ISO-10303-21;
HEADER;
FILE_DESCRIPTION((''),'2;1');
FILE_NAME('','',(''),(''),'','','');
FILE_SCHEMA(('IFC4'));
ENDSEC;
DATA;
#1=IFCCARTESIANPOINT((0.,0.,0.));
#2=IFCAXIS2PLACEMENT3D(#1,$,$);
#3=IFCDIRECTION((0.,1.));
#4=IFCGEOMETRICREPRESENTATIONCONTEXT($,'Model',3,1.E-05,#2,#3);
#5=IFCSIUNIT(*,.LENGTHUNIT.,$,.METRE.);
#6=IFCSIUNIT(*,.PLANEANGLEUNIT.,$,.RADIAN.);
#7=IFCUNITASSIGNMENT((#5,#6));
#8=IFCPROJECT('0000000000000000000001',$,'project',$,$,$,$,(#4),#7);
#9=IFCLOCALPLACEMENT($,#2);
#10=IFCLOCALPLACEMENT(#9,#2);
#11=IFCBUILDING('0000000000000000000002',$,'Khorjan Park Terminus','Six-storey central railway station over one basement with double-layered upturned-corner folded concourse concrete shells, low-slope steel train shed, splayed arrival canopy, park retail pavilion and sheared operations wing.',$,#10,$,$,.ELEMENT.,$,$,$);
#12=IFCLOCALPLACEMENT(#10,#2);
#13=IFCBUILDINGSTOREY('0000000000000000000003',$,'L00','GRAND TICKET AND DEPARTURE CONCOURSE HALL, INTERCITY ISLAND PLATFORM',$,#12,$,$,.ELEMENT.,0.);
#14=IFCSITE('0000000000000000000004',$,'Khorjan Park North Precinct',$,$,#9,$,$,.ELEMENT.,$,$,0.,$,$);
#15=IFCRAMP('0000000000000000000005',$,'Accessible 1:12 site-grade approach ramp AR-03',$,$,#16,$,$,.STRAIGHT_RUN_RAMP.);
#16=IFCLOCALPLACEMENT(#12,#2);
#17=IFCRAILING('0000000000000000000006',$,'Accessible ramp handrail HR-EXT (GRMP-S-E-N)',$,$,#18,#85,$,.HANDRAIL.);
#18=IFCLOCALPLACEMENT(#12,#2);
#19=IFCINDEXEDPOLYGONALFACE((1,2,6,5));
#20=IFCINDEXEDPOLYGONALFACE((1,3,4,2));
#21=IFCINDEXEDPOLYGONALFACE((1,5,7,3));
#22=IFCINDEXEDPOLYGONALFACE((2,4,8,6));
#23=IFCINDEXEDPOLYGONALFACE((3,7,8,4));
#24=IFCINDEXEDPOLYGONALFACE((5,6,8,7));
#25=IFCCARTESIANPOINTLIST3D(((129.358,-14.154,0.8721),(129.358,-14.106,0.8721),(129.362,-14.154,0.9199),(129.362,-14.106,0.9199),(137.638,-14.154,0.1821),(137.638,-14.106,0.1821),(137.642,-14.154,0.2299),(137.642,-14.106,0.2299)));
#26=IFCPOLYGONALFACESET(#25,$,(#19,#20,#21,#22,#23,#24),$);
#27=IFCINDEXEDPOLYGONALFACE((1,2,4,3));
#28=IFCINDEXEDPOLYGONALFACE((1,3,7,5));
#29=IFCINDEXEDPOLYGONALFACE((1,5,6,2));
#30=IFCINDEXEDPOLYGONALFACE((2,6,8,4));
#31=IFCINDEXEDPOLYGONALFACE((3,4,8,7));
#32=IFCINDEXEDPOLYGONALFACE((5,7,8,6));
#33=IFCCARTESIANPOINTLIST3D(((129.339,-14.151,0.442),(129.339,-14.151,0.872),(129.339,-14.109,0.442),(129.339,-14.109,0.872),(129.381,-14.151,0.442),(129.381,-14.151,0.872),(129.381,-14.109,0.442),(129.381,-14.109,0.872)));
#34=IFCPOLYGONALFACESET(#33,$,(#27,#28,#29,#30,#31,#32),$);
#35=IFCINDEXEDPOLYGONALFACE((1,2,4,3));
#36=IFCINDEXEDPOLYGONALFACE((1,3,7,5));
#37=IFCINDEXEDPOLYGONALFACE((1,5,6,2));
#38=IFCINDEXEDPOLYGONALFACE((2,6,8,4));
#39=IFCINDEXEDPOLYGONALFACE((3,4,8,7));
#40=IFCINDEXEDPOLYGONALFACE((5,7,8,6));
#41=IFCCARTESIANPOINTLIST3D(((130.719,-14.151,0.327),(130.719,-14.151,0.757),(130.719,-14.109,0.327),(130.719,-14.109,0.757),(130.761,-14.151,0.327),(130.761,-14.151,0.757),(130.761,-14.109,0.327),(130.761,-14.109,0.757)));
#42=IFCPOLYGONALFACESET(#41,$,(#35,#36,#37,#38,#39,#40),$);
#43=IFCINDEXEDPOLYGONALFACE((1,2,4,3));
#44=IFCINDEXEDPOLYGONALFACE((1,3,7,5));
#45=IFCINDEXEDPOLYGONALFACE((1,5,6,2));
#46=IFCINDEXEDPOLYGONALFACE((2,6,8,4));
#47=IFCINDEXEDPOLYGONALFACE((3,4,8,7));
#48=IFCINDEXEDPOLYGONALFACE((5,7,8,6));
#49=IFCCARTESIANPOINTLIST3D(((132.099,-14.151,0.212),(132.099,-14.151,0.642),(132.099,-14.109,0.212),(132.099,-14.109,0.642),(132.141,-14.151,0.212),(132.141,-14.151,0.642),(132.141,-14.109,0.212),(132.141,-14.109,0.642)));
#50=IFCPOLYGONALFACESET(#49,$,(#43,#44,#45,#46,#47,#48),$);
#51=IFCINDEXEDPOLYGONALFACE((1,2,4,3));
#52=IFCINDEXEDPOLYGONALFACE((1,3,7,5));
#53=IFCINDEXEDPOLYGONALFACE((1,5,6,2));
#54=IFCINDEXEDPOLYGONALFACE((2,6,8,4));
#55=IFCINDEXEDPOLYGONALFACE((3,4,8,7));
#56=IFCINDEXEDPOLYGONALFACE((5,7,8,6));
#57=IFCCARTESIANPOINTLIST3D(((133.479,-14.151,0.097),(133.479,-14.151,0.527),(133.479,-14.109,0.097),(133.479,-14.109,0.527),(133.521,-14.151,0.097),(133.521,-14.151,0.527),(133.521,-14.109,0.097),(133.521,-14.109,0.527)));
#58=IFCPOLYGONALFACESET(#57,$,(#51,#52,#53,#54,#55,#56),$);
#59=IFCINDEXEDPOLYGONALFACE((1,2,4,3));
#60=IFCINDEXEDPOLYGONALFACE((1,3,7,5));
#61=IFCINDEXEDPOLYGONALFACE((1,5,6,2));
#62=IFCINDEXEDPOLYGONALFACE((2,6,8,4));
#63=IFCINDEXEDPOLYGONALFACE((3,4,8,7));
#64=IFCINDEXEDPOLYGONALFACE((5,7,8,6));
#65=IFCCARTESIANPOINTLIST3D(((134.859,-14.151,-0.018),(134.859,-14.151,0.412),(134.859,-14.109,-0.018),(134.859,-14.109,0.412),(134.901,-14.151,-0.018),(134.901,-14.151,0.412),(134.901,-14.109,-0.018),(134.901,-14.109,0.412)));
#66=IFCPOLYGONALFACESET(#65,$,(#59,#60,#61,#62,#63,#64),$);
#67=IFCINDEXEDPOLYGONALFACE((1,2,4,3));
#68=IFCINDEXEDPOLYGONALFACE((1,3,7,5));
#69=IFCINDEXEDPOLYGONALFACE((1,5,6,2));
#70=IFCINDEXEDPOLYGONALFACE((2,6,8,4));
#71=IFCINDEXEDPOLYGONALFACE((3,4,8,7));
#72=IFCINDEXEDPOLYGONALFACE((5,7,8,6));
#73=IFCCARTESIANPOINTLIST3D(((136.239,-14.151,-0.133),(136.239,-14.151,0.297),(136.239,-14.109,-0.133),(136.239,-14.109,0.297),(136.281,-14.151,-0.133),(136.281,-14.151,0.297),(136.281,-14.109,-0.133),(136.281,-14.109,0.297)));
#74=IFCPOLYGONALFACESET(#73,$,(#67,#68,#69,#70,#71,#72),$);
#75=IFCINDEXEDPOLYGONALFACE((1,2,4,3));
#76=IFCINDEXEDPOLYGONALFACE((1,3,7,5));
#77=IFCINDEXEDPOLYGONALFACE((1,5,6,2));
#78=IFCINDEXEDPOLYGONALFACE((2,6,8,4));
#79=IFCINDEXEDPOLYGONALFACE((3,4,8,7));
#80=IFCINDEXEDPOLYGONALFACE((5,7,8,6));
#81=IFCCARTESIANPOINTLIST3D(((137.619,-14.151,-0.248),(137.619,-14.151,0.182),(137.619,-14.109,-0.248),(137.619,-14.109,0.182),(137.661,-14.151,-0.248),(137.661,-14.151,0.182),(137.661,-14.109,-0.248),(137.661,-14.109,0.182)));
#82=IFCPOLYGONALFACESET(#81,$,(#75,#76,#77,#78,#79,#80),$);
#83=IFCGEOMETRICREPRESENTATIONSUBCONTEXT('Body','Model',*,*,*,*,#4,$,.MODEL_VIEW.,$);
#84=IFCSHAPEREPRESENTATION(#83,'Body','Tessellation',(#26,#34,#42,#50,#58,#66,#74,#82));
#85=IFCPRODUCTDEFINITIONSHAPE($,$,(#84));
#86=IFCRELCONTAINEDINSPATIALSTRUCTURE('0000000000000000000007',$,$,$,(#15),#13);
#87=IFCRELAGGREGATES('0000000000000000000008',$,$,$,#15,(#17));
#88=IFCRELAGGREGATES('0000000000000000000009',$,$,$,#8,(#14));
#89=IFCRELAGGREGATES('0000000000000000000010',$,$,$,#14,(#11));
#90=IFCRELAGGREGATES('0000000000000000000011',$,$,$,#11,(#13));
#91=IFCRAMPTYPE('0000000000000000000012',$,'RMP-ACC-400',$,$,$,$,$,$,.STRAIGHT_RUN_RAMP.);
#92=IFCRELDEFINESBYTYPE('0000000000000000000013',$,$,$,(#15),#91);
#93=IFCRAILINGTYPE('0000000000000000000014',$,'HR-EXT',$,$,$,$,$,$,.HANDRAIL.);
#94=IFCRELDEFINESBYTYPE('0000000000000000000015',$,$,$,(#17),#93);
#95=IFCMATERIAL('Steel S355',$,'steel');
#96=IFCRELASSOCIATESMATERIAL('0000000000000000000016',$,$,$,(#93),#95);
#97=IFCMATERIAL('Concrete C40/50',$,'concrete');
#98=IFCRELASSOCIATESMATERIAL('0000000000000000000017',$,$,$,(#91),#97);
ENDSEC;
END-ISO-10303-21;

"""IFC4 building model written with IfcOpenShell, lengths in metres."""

from ifc_helpers import new_model, si_unit, direction, frame, origin, origin_2d, place, context, subcontext, project, spatial, rectangle, extrude, material, type_object, element, aggregate, save


model = new_model("IFC4")

# Units and contexts
model_context = context("Model", 3, precision=1e-05, world=origin(), true_north=direction((0.0, 1.0)))
body_context = subcontext(model_context, "Body", "Model", "MODEL_VIEW")
ifc_project = project(units=[si_unit("LENGTHUNIT", "METRE"), si_unit("PLANEANGLEUNIT", "RADIAN")], contexts=[model_context])

# Site, building, storey
site_placement = place(None, origin())
site = spatial("IfcSite", under=ifc_project, at=site_placement, Name="Khorjan Park North Precinct", CompositionType="ELEMENT", RefElevation=0.0)
building_placement = place(site_placement, origin())
building = spatial("IfcBuilding", under=site, at=building_placement, Name="Khorjan Park Terminus", Description="Six-storey central railway station over one basement with double-layered upturned-corner folded concourse concrete shells, low-slope steel train shed, splayed arrival canopy, park retail pavilion and sheared operations wing.", CompositionType="ELEMENT")
storey_placement = place(building_placement, origin())
storey = spatial("IfcBuildingStorey", under=building, at=storey_placement, Name="L00", Description="GRAND TICKET AND DEPARTURE CONCOURSE HALL, INTERCITY ISLAND PLATFORM", CompositionType="ELEMENT", Elevation=0.0)

# Shared definitions
ifc_material_1 = material(Name="Steel S355", Category="steel")

# Shared definitions
ifc_material_2 = material(Name="Concrete C40/50", Category="concrete")

# Shared definitions
railing_type_1 = type_object("IfcRailingType", Name="HR-EXT", PredefinedType="HANDRAIL", material=ifc_material_1)

# Ramp, railing
ramp_type = type_object("IfcRampType", Name="RMP-ACC-400", PredefinedType="STRAIGHT_RUN_RAMP", material=ifc_material_2)
ramp_placement = place(storey_placement, origin())
ramp = element("IfcRamp", 1, at=ramp_placement, inside=storey, type_object=ramp_type, Name="Accessible 1:12 site-grade approach ramp AR-03", PredefinedType="STRAIGHT_RUN_RAMP")
railing_1_placement = place(storey_placement, frame((129.36, -14.13, 0.0)))
railing_1 = element("IfcRailing", 2, at=railing_1_placement, type_object=railing_type_1, Name="Accessible ramp handrail HR-EXT (GRMP-S-E-N)", PredefinedType="HANDRAIL", context=body_context, shape_type="SweptSolid", body=[
    extrude(rectangle(XDim=0.048, YDim=0.048, at=origin_2d()), frame((0.0, 0.0, 0.896), z_axis=(0.996546, 0.0, -0.083045), x_axis=(0.0, 1.0, 0.0)), (0.0, 0.0, 1.0), 8.3087),
    extrude(rectangle(XDim=0.042, YDim=0.042, at=origin_2d()), frame((0.0, 0.0, 0.442)), (0.0, 0.0, 1.0), 0.43),
    extrude(rectangle(XDim=0.042, YDim=0.042, at=origin_2d()), frame((1.38, 0.0, 0.327)), (0.0, 0.0, 1.0), 0.43),
    extrude(rectangle(XDim=0.042, YDim=0.042, at=origin_2d()), frame((2.76, 0.0, 0.212)), (0.0, 0.0, 1.0), 0.43),
    extrude(rectangle(XDim=0.042, YDim=0.042, at=origin_2d()), frame((4.14, 0.0, 0.097)), (0.0, 0.0, 1.0), 0.43),
    extrude(rectangle(XDim=0.042, YDim=0.042, at=origin_2d()), frame((5.52, 0.0, -0.018)), (0.0, 0.0, 1.0), 0.43),
    extrude(rectangle(XDim=0.042, YDim=0.042, at=origin_2d()), frame((6.9, 0.0, -0.133)), (0.0, 0.0, 1.0), 0.43),
    extrude(rectangle(XDim=0.042, YDim=0.042, at=origin_2d()), frame((8.28, 0.0, -0.248)), (0.0, 0.0, 1.0), 0.43),
])
aggregate(ramp, [railing_1])

save(model, "model.ifc")
